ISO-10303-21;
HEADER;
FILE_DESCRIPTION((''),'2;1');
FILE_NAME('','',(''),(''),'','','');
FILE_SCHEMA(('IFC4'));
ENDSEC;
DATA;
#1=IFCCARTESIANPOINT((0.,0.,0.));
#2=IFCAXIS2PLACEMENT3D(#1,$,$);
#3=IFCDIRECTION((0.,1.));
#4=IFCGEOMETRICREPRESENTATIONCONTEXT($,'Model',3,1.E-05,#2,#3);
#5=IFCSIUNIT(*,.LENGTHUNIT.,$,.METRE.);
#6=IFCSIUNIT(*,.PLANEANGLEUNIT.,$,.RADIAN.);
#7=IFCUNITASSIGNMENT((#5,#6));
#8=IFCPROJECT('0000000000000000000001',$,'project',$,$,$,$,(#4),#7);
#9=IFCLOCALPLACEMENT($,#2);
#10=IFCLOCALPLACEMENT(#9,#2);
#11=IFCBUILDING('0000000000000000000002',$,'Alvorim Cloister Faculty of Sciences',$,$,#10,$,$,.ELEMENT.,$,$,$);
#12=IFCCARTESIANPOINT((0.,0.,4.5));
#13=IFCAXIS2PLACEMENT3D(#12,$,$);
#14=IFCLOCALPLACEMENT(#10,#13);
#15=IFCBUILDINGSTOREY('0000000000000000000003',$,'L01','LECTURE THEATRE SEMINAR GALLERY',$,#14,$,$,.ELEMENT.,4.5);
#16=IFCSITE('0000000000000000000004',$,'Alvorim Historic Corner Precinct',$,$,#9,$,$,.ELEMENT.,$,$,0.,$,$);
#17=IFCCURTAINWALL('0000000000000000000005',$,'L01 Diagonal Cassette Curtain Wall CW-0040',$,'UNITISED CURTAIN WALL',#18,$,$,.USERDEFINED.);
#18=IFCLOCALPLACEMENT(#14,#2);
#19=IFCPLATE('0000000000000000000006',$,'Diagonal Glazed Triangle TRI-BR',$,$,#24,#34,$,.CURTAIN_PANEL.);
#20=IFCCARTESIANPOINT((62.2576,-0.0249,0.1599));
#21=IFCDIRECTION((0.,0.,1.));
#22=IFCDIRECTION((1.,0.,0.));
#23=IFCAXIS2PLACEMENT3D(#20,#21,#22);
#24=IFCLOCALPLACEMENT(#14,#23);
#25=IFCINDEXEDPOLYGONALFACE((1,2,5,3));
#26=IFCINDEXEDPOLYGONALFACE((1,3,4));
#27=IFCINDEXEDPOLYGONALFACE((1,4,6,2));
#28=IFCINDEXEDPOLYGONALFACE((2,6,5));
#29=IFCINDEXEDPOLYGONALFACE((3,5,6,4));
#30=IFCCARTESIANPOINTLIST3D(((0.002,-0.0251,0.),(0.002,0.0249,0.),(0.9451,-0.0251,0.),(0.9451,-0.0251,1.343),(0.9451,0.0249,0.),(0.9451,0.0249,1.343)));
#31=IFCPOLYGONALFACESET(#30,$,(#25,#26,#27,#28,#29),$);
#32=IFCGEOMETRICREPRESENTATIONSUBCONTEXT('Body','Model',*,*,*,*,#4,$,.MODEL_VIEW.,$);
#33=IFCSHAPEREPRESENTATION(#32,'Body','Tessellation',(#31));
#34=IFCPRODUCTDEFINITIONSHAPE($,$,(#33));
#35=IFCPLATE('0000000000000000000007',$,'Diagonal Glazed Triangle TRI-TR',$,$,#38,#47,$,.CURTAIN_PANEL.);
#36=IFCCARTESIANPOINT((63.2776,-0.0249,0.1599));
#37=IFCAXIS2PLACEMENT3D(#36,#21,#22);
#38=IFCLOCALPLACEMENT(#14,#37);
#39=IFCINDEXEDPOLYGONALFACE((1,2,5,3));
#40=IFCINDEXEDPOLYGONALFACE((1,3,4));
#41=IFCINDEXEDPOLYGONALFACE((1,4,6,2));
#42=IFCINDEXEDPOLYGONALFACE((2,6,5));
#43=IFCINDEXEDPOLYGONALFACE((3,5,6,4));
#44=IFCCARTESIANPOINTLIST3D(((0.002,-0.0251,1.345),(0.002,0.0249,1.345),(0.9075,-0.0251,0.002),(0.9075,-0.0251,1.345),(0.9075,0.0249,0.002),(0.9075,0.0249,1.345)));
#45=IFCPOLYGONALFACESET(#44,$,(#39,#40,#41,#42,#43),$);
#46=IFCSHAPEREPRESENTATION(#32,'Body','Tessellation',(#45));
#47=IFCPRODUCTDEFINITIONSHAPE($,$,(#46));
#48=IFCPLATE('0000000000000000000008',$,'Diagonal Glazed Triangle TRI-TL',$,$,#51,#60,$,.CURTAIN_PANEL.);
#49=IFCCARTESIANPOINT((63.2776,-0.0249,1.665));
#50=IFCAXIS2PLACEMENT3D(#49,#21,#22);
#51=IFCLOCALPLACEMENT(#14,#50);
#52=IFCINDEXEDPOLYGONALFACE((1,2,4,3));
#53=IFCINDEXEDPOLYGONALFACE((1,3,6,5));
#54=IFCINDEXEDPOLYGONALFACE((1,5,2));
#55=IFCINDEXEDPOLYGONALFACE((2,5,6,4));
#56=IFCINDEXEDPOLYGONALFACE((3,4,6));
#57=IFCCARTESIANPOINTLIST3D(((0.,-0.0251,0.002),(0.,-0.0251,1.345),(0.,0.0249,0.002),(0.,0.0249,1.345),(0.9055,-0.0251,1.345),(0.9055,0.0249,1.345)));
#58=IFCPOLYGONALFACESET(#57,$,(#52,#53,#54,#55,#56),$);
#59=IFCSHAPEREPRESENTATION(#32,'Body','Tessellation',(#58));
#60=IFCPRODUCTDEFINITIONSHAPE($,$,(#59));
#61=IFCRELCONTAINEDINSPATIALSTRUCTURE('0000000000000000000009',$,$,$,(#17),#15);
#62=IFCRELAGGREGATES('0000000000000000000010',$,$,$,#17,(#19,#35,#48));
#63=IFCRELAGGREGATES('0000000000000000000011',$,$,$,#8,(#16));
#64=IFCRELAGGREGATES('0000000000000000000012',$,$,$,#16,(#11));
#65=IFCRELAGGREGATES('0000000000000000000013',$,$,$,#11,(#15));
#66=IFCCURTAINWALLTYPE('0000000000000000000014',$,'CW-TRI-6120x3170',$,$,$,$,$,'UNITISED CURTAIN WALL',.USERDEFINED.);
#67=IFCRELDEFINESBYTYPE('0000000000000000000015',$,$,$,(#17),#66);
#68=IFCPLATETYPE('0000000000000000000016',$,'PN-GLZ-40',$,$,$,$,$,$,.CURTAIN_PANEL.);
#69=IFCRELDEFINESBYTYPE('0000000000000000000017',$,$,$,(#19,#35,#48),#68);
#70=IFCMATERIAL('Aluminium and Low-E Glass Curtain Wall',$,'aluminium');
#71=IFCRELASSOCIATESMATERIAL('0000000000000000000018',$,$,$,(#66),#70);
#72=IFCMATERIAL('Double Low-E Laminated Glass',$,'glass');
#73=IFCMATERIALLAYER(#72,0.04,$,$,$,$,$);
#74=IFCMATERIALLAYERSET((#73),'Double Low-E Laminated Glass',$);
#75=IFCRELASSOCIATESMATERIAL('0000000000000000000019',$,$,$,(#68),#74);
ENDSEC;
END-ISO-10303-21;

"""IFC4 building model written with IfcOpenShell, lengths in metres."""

from ifc_helpers import new_model, si_unit, direction, frame, origin, place, context, subcontext, project, spatial, polyline, outline, extrude, material, layer, layer_set, type_object, element, aggregate, save


model = new_model("IFC4")

# Units and contexts
model_context = context("Model", 3, precision=1e-05, world=origin(), true_north=direction((0.0, 1.0)))
body_context = subcontext(model_context, "Body", "Model", "MODEL_VIEW")
ifc_project = project(units=[si_unit("LENGTHUNIT", "METRE"), si_unit("PLANEANGLEUNIT", "RADIAN")], contexts=[model_context])

# Site, building, storey
site_placement = place(None, origin())
site = spatial("IfcSite", under=ifc_project, at=site_placement, Name="Alvorim Historic Corner Precinct", CompositionType="ELEMENT", RefElevation=0.0)
building_placement = place(site_placement, origin())
building = spatial("IfcBuilding", under=site, at=building_placement, Name="Alvorim Cloister Faculty of Sciences", CompositionType="ELEMENT")
storey_placement = place(building_placement, frame((0.0, 0.0, 4.5)))
storey = spatial("IfcBuildingStorey", under=building, at=storey_placement, Name="L01", Description="LECTURE THEATRE SEMINAR GALLERY", CompositionType="ELEMENT", Elevation=4.5)

# Curtain wall, plates
ifc_material_1 = material(Name="Aluminium and Low-E Glass Curtain Wall", Category="aluminium")
curtain_wall_type = type_object("IfcCurtainWallType", Name="CW-TRI-6120x3170", ElementType="UNITISED CURTAIN WALL", PredefinedType="USERDEFINED", material=ifc_material_1)
curtain_wall_placement = place(storey_placement, origin())
curtain_wall = element("IfcCurtainWall", 1, at=curtain_wall_placement, inside=storey, type_object=curtain_wall_type, Name="L01 Diagonal Cassette Curtain Wall CW-0040", ObjectType="UNITISED CURTAIN WALL", PredefinedType="USERDEFINED")
ifc_material_2 = material(Name="Double Low-E Laminated Glass", Category="glass")
ifc_layer_1 = layer(ifc_material_2, 0.04)
ifc_layer_set_1 = layer_set([ifc_layer_1], Name="Double Low-E Laminated Glass")
plate_type = type_object("IfcPlateType", Name="PN-GLZ-40", PredefinedType="CURTAIN_PANEL", material=ifc_layer_set_1)
plate_1_placement = place(storey_placement, frame((62.2576, -0.0249, 0.1599), z_axis=(0.0, 0.0, 1.0), x_axis=(1.0, 0.0, 0.0)))
plate_1 = element("IfcPlate", 2, at=plate_1_placement, type_object=plate_type, Name="Diagonal Glazed Triangle TRI-BR", PredefinedType="CURTAIN_PANEL", context=body_context, shape_type="SweptSolid", body=[
    extrude(outline(polyline([(0.002, 0.0), (0.9451, 0.0), (0.9451, 1.343), (0.002, 0.0)])), frame((0.0, 0.0249, 0.0), z_axis=(0.0, -1.0, 0.0), x_axis=(1.0, 0.0, 0.0)), (0.0, 0.0, 1.0), 0.05),
])
plate_2_placement = place(storey_placement, frame((63.2776, -0.0249, 0.1599), z_axis=(0.0, 0.0, 1.0), x_axis=(1.0, 0.0, 0.0)))
plate_2 = element("IfcPlate", 3, at=plate_2_placement, type_object=plate_type, Name="Diagonal Glazed Triangle TRI-TR", PredefinedType="CURTAIN_PANEL", context=body_context, shape_type="SweptSolid", body=[
    extrude(outline(polyline([(0.9075, 0.002), (0.9075, 1.345), (0.002, 1.345), (0.9075, 0.002)])), frame((0.0, 0.0249, 0.0), z_axis=(0.0, -1.0, 0.0), x_axis=(1.0, 0.0, 0.0)), (0.0, 0.0, 1.0), 0.05),
])
plate_3_placement = place(storey_placement, frame((63.2776, -0.0249, 1.665), z_axis=(0.0, 0.0, 1.0), x_axis=(1.0, 0.0, 0.0)))
plate_3 = element("IfcPlate", 4, at=plate_3_placement, type_object=plate_type, Name="Diagonal Glazed Triangle TRI-TL", PredefinedType="CURTAIN_PANEL", context=body_context, shape_type="SweptSolid", body=[
    extrude(outline(polyline([(0.9055, 1.345), (0.0, 1.345), (0.0, 0.002), (0.9055, 1.345)])), frame((0.0, 0.0249, 0.0), z_axis=(0.0, -1.0, 0.0), x_axis=(1.0, 0.0, 0.0)), (0.0, 0.0, 1.0), 0.05),
])
aggregate(curtain_wall, [plate_1, plate_2, plate_3])

save(model, "model.ifc")
